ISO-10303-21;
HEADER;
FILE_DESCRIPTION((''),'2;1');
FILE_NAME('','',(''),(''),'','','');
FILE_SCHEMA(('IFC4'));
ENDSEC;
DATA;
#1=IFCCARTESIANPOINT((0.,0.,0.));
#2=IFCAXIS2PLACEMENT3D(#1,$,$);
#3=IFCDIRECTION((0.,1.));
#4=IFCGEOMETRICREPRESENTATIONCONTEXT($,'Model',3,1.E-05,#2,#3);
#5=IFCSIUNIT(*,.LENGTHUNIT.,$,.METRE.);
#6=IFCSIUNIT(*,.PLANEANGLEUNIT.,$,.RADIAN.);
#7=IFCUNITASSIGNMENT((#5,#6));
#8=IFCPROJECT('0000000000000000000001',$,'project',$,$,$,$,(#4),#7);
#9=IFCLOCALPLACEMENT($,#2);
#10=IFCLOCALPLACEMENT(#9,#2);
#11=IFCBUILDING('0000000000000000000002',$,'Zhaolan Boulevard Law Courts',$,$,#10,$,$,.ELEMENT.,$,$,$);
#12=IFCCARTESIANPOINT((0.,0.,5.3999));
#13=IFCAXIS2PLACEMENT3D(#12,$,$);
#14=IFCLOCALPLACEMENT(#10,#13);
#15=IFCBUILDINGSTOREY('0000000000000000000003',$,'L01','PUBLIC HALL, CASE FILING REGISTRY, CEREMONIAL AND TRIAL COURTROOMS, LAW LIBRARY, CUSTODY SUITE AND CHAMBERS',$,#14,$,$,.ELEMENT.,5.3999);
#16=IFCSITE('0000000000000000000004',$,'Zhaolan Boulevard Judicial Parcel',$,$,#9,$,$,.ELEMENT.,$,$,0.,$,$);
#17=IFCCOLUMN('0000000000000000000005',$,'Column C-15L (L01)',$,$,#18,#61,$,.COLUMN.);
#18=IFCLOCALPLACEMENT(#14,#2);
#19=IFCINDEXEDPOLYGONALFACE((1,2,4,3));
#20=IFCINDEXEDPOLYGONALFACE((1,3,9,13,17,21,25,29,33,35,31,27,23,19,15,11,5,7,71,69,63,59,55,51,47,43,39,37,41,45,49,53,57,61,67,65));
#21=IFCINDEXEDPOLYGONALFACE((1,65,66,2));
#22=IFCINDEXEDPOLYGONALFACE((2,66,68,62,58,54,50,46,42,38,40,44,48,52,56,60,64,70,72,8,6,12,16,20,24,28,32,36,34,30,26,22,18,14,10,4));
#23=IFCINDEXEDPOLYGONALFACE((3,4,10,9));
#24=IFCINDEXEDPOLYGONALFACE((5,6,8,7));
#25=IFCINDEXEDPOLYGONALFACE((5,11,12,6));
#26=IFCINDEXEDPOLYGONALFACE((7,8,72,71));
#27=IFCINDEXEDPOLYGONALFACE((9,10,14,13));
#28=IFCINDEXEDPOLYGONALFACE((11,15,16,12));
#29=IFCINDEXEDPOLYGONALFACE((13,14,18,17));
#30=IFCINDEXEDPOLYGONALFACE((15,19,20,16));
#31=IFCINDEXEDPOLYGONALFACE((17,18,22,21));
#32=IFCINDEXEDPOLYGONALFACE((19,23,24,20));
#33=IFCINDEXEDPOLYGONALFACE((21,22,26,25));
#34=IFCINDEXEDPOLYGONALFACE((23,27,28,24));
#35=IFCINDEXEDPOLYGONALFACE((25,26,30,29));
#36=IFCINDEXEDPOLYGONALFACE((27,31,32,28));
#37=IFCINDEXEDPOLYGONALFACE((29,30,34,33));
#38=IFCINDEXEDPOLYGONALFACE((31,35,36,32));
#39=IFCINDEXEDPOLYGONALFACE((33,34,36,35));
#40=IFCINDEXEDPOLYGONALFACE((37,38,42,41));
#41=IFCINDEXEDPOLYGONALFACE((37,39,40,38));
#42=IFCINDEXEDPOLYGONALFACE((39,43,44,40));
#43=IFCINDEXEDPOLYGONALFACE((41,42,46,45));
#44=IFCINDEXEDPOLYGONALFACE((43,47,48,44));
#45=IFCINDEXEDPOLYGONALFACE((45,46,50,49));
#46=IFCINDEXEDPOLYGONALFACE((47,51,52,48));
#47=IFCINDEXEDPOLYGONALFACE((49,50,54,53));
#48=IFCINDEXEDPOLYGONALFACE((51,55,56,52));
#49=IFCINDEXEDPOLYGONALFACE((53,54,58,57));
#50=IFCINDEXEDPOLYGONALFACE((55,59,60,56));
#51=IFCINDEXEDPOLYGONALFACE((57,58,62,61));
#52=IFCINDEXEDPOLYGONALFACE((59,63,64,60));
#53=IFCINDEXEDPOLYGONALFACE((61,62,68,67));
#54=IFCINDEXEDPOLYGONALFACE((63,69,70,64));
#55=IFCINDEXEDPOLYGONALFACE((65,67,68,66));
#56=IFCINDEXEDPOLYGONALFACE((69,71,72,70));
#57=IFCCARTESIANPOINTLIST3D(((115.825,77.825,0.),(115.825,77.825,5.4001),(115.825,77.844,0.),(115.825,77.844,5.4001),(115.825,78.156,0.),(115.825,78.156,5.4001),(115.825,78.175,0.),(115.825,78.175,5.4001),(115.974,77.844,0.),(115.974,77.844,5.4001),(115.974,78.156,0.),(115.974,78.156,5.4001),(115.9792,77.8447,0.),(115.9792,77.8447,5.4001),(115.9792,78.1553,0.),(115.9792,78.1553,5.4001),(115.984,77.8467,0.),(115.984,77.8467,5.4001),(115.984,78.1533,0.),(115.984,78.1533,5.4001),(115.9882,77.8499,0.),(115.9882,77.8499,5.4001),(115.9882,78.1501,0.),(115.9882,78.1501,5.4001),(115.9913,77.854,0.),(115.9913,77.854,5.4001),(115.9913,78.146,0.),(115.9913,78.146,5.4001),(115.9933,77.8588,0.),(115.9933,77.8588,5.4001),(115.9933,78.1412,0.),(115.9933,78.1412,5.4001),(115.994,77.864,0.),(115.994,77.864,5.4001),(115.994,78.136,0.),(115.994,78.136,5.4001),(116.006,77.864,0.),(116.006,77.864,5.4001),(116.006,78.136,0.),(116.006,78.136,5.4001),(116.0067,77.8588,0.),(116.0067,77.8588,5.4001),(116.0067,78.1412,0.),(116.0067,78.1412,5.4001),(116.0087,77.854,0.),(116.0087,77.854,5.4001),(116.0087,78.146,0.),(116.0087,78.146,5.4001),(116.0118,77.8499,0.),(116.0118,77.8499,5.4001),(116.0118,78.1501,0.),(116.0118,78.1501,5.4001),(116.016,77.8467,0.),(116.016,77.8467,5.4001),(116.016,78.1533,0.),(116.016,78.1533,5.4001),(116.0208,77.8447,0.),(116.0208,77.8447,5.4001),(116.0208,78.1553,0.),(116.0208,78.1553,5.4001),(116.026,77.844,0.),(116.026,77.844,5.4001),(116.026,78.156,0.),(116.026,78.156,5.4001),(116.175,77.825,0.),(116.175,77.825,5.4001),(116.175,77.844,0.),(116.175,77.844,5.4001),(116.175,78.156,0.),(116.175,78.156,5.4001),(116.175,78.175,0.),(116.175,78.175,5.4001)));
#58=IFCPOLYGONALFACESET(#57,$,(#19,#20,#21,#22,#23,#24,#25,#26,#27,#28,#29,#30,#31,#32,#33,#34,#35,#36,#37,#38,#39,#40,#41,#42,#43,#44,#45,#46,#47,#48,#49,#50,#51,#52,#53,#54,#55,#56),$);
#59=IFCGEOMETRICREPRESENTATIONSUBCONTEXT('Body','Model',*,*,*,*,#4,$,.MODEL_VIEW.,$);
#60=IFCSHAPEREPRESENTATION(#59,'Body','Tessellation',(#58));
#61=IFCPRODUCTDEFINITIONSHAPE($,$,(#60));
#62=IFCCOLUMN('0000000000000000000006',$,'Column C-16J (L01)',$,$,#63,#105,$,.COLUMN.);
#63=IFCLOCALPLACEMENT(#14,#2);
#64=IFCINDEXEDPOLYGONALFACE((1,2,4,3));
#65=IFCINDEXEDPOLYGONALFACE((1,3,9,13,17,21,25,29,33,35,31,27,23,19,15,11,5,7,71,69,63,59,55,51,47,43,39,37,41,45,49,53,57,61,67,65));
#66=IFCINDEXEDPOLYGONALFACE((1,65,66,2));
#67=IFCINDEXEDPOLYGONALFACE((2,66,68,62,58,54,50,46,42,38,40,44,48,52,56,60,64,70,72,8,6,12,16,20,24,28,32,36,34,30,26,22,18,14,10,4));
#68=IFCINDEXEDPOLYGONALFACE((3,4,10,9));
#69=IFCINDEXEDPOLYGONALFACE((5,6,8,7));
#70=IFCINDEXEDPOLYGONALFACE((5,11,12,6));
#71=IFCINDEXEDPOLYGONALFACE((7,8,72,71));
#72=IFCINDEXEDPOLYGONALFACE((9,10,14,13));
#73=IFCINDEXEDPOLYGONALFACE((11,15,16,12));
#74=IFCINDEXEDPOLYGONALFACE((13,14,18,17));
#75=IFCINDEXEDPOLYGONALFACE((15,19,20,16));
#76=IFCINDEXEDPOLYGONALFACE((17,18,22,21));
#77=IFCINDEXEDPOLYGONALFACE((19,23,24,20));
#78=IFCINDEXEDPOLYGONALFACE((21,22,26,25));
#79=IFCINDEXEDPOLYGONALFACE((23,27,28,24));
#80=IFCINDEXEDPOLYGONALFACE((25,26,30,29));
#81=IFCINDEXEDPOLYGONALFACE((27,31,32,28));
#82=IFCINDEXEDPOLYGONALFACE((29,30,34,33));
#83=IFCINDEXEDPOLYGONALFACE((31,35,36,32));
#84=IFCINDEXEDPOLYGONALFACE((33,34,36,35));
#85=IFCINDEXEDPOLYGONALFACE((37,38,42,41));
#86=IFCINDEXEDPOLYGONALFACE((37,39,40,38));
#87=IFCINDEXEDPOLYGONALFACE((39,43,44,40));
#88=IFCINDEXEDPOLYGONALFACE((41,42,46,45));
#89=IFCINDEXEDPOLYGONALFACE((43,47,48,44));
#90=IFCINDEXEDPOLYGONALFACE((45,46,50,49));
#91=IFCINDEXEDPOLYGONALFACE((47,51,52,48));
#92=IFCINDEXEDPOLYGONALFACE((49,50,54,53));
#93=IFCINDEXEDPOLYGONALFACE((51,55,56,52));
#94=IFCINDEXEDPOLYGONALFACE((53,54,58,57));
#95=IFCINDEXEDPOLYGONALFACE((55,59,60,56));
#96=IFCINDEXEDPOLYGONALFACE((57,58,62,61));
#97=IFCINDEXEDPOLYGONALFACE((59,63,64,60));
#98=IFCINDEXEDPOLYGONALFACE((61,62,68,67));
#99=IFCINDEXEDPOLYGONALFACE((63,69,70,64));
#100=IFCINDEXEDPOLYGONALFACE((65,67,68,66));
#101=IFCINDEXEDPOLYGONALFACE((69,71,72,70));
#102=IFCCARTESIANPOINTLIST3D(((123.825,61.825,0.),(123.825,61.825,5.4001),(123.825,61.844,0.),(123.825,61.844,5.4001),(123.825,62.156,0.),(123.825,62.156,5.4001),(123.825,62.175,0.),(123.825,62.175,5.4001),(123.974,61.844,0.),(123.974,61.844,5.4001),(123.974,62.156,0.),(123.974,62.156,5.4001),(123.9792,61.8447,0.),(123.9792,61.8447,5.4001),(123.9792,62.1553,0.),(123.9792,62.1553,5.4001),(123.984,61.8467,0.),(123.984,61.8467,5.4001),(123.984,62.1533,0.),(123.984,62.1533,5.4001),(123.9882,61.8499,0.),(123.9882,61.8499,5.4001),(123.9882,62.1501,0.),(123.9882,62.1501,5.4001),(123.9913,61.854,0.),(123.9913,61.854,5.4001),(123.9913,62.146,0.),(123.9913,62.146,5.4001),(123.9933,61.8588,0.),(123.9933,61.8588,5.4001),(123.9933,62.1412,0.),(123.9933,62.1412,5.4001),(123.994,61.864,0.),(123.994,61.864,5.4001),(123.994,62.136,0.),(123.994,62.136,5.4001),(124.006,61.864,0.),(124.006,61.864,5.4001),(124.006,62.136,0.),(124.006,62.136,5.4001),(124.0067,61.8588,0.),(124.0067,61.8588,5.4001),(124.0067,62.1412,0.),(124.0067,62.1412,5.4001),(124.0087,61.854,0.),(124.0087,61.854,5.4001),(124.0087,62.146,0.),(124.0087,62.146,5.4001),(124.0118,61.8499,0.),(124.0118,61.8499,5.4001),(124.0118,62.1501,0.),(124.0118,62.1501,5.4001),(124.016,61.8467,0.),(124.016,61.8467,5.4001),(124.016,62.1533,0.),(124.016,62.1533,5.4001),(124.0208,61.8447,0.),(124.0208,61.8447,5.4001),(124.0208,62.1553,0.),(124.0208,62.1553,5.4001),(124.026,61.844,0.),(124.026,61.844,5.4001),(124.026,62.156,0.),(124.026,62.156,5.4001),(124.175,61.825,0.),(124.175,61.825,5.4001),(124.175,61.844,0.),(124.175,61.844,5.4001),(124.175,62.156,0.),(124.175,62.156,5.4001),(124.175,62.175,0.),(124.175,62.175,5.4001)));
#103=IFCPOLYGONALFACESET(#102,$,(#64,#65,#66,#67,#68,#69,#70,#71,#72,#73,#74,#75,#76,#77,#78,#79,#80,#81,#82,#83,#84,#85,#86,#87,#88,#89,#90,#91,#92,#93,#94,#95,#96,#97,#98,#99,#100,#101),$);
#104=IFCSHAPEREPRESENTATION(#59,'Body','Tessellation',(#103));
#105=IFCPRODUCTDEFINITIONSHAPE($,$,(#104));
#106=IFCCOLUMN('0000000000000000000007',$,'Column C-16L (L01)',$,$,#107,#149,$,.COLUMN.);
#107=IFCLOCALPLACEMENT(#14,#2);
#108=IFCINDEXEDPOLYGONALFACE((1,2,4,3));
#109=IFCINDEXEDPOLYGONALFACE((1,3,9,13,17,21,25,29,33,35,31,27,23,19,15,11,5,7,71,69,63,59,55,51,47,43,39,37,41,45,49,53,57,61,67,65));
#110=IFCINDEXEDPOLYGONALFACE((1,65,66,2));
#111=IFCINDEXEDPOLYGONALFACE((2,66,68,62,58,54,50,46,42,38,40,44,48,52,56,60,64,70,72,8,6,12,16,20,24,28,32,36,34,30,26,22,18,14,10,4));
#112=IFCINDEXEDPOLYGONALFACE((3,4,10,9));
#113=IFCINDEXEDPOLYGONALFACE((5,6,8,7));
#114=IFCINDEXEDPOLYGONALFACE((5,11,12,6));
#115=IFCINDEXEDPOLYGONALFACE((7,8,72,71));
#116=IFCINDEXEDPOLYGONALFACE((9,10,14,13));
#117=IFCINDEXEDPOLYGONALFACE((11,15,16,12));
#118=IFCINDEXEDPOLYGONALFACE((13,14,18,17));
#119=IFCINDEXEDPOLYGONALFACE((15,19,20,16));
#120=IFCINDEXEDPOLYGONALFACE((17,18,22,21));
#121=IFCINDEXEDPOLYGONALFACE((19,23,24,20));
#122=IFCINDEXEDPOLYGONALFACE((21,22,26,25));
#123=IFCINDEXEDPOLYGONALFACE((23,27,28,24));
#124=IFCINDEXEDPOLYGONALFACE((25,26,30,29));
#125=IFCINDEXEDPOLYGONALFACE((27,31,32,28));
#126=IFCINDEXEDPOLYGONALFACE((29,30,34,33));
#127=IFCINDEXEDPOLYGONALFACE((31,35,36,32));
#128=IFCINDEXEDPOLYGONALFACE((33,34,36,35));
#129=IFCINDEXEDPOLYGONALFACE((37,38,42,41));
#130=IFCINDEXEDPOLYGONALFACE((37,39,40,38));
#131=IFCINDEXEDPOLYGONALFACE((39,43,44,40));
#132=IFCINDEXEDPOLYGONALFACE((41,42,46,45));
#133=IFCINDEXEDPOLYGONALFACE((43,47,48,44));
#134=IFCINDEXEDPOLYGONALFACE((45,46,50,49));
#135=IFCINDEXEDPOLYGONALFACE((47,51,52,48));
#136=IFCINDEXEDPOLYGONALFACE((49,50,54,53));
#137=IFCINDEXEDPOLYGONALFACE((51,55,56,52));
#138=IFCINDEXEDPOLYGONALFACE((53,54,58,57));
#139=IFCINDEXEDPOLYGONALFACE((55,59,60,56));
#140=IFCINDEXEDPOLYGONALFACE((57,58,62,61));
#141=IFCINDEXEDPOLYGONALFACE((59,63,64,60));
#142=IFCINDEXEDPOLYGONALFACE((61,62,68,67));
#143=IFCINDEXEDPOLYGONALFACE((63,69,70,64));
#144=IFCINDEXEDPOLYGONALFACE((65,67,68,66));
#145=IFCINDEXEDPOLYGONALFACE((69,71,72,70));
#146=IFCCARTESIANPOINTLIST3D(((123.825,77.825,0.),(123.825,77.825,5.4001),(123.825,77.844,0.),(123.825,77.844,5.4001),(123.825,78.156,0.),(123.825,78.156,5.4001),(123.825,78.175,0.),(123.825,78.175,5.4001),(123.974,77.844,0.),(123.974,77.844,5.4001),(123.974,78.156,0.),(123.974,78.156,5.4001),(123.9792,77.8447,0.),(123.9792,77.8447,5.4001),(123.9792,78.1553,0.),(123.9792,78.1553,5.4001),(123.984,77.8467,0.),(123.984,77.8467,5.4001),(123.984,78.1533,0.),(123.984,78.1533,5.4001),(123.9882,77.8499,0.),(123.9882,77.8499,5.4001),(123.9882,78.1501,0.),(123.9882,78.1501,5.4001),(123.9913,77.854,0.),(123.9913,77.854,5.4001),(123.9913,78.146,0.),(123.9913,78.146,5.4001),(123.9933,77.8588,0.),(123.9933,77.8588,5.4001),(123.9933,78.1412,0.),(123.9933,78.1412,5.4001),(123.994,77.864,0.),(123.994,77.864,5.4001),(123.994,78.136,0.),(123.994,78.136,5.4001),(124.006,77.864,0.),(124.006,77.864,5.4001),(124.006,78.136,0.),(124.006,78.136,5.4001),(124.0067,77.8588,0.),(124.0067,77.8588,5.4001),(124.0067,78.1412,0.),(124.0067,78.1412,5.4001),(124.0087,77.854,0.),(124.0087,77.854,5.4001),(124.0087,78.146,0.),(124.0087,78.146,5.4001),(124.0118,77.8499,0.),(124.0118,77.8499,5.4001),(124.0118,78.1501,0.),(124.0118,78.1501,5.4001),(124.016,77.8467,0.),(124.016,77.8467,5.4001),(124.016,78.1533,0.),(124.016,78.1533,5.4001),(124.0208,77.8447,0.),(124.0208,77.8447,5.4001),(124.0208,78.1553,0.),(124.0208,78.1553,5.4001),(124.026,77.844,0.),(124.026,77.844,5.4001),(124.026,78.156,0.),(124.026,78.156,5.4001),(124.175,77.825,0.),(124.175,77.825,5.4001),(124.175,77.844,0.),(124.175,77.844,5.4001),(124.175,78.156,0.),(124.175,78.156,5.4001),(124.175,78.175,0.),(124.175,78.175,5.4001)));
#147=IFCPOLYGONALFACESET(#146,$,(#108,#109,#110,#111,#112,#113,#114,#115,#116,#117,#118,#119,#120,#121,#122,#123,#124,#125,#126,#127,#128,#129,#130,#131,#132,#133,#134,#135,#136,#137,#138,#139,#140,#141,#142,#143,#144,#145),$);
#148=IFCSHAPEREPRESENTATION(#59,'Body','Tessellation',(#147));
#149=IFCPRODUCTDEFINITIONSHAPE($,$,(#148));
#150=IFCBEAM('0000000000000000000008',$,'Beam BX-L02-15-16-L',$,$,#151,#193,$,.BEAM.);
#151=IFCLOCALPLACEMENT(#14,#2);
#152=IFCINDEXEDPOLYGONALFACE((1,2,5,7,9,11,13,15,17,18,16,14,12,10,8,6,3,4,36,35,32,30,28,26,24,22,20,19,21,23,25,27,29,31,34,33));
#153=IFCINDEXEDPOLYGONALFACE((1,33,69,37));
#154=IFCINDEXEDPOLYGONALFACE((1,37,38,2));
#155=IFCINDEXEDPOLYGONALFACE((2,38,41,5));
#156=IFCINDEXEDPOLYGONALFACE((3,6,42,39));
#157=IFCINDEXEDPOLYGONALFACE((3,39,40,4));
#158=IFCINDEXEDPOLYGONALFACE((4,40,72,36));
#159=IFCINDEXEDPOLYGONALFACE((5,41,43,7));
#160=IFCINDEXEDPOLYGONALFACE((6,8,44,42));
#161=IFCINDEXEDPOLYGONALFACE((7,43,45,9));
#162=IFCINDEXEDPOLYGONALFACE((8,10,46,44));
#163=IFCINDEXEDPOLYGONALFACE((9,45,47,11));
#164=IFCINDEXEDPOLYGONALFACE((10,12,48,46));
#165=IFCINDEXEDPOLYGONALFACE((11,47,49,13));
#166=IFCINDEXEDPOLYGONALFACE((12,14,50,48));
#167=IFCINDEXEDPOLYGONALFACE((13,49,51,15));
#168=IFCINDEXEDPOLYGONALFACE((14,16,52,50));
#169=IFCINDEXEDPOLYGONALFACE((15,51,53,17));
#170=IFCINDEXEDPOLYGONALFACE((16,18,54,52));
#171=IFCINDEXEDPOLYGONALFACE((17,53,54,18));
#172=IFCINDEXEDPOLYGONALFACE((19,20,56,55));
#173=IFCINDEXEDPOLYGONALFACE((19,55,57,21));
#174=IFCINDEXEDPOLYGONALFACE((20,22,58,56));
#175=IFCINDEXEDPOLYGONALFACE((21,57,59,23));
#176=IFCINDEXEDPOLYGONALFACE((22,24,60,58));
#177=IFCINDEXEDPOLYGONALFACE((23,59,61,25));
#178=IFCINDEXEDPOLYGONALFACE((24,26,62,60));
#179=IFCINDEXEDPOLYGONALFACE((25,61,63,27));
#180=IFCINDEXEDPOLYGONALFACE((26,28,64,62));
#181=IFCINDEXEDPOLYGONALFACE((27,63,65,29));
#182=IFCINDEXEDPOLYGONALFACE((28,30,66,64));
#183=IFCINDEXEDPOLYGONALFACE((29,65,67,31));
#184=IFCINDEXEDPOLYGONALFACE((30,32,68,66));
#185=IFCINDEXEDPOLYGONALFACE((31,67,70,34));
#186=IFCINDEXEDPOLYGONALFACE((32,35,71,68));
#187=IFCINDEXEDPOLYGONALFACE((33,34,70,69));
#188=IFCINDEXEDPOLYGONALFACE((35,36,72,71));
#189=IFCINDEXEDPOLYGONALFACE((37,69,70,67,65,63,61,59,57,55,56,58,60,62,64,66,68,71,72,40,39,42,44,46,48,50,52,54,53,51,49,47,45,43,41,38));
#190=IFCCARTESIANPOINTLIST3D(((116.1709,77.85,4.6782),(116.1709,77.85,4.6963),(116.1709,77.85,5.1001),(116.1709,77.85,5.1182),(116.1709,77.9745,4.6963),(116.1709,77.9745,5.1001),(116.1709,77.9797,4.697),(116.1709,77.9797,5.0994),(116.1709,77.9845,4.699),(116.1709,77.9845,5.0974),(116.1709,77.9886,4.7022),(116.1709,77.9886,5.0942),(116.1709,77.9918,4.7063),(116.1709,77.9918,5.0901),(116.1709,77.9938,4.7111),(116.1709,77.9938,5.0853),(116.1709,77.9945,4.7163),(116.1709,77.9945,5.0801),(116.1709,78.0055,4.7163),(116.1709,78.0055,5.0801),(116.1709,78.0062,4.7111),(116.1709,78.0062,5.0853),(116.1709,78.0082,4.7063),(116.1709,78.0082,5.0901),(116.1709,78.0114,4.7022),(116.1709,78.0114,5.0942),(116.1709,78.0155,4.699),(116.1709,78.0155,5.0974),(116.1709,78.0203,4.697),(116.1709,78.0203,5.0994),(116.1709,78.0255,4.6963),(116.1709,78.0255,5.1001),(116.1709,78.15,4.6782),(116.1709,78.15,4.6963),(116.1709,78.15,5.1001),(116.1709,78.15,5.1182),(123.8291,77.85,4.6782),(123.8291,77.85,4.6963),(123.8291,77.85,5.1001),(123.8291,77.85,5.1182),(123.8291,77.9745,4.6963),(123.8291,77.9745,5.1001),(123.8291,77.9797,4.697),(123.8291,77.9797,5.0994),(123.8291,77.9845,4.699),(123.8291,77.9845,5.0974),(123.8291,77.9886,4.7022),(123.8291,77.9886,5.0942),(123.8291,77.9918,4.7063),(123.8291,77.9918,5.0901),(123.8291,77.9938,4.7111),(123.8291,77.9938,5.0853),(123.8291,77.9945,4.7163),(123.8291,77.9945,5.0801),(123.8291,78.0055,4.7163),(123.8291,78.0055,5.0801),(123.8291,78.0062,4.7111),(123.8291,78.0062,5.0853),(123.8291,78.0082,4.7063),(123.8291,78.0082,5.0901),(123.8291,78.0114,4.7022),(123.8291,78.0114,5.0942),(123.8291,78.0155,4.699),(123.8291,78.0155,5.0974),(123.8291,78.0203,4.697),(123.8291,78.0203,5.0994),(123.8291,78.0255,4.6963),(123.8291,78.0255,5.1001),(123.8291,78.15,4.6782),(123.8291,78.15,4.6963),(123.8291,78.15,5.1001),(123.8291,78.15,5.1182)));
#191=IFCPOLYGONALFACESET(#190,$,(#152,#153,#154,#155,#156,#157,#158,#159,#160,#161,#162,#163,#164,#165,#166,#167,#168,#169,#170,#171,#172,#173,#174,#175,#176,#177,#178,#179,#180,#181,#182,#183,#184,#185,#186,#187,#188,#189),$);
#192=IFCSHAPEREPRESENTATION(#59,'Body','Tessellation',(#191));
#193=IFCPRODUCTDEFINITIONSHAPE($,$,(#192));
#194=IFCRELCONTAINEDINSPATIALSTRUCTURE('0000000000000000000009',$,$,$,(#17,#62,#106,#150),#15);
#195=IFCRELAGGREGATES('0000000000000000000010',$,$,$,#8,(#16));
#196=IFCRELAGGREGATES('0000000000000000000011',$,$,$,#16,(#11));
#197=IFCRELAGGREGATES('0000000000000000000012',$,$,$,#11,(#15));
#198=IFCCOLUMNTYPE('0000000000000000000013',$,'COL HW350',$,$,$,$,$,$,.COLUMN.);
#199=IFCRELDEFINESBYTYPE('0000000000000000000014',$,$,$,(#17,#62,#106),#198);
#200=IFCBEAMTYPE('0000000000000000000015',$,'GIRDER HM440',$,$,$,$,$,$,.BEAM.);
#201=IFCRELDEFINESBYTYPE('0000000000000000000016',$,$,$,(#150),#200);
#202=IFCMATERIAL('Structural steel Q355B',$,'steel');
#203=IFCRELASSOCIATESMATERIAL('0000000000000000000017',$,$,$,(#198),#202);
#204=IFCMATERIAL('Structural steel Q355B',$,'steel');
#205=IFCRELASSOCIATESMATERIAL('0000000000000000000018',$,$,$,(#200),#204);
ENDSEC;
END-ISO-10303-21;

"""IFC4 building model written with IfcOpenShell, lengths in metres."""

from ifc_helpers import new_model, si_unit, direction, frame, origin, origin_2d, place, context, subcontext, project, spatial, i_section, extrude, material, material_profile, profile_set, type_object, element, save


model = new_model("IFC4")

# Units and contexts
model_context = context("Model", 3, precision=1e-05, world=origin(), true_north=direction((0.0, 1.0)))
body_context = subcontext(model_context, "Body", "Model", "MODEL_VIEW")
ifc_project = project(units=[si_unit("LENGTHUNIT", "METRE"), si_unit("PLANEANGLEUNIT", "RADIAN")], contexts=[model_context])

# Site, building, storey
site_placement = place(None, origin())
site = spatial("IfcSite", under=ifc_project, at=site_placement, Name="Zhaolan Boulevard Judicial Parcel", CompositionType="ELEMENT", RefElevation=0.0)
building_placement = place(site_placement, origin())
building = spatial("IfcBuilding", under=site, at=building_placement, Name="Zhaolan Boulevard Law Courts", CompositionType="ELEMENT")
storey_placement = place(building_placement, frame((0.0, 0.0, 5.3999)))
storey = spatial("IfcBuildingStorey", under=building, at=storey_placement, Name="L01", Description="PUBLIC HALL, CASE FILING REGISTRY, CEREMONIAL AND TRIAL COURTROOMS, LAW LIBRARY, CUSTODY SUITE AND CHAMBERS", CompositionType="ELEMENT", Elevation=5.3999)

# Columns
ifc_material_1 = material(Name="Structural steel Q355B", Category="steel")
ifc_material_profile_1 = material_profile(ifc_material_1, i_section(OverallWidth=0.3501, OverallDepth=0.3501, WebThickness=0.012, FlangeThickness=0.019, FilletRadius=0.02, at=origin_2d()), Name="HW350x350")
ifc_profile_set_1 = profile_set([ifc_material_profile_1], Name="Structural steel Q355B")
column_type = type_object("IfcColumnType", Name="COL HW350", PredefinedType="COLUMN", material=ifc_profile_set_1)
for number, where, z_axis, x_axis, name in (
    (1, (116.0, 78.0, 0.0), (0.0, 0.0, 1.0), (1.0, 0.0, 0.0), "Column C-15L (L01)"),
    (2, (124.0, 62.0, 0.0), (0.0, 0.0, 1.0), (1.0, 0.0, 0.0), "Column C-16J (L01)"),
    (3, (124.0, 78.0, 0.0), (0.0, 0.0, 1.0), (1.0, 0.0, 0.0), "Column C-16L (L01)"),
):
    element("IfcColumn", number, at=place(storey_placement, frame(where, z_axis=z_axis, x_axis=x_axis)), inside=storey, type_object=column_type, Name=name, PredefinedType="COLUMN", context=body_context, shape_type="SweptSolid", body=[
        extrude(i_section(OverallWidth=0.3501, OverallDepth=0.3501, WebThickness=0.012, FlangeThickness=0.019, FilletRadius=0.02, at=origin_2d()), origin(), (0.0, 0.0, 1.0), 5.4001),
    ])

# Beam
ifc_material_2 = material(Name="Structural steel Q355B", Category="steel")
ifc_material_profile_2 = material_profile(ifc_material_2, i_section(OverallWidth=0.3, OverallDepth=0.4399, WebThickness=0.011, FlangeThickness=0.0181, FilletRadius=0.02, at=origin_2d()), Name="HM440x300")
ifc_profile_set_2 = profile_set([ifc_material_profile_2], Name="Structural steel Q355B")
beam_type_1 = type_object("IfcBeamType", Name="GIRDER HM440", PredefinedType="BEAM", material=ifc_profile_set_2)
for number, where, z_axis, x_axis, name in (
    (4, (116.1709, 78.0, 4.8982), (1.0, 0.0, 0.0), (0.0, 1.0, 0.0), "Beam BX-L02-15-16-L"),
):
    element("IfcBeam", number, at=place(storey_placement, frame(where, z_axis=z_axis, x_axis=x_axis)), inside=storey, type_object=beam_type_1, Name=name, PredefinedType="BEAM", context=body_context, shape_type="SweptSolid", body=[
        extrude(i_section(OverallWidth=0.3, OverallDepth=0.4399, WebThickness=0.011, FlangeThickness=0.0181, FilletRadius=0.02, at=origin_2d()), origin(), (0.0, 0.0, 1.0), 7.6582),
    ])

save(model, "model.ifc")
